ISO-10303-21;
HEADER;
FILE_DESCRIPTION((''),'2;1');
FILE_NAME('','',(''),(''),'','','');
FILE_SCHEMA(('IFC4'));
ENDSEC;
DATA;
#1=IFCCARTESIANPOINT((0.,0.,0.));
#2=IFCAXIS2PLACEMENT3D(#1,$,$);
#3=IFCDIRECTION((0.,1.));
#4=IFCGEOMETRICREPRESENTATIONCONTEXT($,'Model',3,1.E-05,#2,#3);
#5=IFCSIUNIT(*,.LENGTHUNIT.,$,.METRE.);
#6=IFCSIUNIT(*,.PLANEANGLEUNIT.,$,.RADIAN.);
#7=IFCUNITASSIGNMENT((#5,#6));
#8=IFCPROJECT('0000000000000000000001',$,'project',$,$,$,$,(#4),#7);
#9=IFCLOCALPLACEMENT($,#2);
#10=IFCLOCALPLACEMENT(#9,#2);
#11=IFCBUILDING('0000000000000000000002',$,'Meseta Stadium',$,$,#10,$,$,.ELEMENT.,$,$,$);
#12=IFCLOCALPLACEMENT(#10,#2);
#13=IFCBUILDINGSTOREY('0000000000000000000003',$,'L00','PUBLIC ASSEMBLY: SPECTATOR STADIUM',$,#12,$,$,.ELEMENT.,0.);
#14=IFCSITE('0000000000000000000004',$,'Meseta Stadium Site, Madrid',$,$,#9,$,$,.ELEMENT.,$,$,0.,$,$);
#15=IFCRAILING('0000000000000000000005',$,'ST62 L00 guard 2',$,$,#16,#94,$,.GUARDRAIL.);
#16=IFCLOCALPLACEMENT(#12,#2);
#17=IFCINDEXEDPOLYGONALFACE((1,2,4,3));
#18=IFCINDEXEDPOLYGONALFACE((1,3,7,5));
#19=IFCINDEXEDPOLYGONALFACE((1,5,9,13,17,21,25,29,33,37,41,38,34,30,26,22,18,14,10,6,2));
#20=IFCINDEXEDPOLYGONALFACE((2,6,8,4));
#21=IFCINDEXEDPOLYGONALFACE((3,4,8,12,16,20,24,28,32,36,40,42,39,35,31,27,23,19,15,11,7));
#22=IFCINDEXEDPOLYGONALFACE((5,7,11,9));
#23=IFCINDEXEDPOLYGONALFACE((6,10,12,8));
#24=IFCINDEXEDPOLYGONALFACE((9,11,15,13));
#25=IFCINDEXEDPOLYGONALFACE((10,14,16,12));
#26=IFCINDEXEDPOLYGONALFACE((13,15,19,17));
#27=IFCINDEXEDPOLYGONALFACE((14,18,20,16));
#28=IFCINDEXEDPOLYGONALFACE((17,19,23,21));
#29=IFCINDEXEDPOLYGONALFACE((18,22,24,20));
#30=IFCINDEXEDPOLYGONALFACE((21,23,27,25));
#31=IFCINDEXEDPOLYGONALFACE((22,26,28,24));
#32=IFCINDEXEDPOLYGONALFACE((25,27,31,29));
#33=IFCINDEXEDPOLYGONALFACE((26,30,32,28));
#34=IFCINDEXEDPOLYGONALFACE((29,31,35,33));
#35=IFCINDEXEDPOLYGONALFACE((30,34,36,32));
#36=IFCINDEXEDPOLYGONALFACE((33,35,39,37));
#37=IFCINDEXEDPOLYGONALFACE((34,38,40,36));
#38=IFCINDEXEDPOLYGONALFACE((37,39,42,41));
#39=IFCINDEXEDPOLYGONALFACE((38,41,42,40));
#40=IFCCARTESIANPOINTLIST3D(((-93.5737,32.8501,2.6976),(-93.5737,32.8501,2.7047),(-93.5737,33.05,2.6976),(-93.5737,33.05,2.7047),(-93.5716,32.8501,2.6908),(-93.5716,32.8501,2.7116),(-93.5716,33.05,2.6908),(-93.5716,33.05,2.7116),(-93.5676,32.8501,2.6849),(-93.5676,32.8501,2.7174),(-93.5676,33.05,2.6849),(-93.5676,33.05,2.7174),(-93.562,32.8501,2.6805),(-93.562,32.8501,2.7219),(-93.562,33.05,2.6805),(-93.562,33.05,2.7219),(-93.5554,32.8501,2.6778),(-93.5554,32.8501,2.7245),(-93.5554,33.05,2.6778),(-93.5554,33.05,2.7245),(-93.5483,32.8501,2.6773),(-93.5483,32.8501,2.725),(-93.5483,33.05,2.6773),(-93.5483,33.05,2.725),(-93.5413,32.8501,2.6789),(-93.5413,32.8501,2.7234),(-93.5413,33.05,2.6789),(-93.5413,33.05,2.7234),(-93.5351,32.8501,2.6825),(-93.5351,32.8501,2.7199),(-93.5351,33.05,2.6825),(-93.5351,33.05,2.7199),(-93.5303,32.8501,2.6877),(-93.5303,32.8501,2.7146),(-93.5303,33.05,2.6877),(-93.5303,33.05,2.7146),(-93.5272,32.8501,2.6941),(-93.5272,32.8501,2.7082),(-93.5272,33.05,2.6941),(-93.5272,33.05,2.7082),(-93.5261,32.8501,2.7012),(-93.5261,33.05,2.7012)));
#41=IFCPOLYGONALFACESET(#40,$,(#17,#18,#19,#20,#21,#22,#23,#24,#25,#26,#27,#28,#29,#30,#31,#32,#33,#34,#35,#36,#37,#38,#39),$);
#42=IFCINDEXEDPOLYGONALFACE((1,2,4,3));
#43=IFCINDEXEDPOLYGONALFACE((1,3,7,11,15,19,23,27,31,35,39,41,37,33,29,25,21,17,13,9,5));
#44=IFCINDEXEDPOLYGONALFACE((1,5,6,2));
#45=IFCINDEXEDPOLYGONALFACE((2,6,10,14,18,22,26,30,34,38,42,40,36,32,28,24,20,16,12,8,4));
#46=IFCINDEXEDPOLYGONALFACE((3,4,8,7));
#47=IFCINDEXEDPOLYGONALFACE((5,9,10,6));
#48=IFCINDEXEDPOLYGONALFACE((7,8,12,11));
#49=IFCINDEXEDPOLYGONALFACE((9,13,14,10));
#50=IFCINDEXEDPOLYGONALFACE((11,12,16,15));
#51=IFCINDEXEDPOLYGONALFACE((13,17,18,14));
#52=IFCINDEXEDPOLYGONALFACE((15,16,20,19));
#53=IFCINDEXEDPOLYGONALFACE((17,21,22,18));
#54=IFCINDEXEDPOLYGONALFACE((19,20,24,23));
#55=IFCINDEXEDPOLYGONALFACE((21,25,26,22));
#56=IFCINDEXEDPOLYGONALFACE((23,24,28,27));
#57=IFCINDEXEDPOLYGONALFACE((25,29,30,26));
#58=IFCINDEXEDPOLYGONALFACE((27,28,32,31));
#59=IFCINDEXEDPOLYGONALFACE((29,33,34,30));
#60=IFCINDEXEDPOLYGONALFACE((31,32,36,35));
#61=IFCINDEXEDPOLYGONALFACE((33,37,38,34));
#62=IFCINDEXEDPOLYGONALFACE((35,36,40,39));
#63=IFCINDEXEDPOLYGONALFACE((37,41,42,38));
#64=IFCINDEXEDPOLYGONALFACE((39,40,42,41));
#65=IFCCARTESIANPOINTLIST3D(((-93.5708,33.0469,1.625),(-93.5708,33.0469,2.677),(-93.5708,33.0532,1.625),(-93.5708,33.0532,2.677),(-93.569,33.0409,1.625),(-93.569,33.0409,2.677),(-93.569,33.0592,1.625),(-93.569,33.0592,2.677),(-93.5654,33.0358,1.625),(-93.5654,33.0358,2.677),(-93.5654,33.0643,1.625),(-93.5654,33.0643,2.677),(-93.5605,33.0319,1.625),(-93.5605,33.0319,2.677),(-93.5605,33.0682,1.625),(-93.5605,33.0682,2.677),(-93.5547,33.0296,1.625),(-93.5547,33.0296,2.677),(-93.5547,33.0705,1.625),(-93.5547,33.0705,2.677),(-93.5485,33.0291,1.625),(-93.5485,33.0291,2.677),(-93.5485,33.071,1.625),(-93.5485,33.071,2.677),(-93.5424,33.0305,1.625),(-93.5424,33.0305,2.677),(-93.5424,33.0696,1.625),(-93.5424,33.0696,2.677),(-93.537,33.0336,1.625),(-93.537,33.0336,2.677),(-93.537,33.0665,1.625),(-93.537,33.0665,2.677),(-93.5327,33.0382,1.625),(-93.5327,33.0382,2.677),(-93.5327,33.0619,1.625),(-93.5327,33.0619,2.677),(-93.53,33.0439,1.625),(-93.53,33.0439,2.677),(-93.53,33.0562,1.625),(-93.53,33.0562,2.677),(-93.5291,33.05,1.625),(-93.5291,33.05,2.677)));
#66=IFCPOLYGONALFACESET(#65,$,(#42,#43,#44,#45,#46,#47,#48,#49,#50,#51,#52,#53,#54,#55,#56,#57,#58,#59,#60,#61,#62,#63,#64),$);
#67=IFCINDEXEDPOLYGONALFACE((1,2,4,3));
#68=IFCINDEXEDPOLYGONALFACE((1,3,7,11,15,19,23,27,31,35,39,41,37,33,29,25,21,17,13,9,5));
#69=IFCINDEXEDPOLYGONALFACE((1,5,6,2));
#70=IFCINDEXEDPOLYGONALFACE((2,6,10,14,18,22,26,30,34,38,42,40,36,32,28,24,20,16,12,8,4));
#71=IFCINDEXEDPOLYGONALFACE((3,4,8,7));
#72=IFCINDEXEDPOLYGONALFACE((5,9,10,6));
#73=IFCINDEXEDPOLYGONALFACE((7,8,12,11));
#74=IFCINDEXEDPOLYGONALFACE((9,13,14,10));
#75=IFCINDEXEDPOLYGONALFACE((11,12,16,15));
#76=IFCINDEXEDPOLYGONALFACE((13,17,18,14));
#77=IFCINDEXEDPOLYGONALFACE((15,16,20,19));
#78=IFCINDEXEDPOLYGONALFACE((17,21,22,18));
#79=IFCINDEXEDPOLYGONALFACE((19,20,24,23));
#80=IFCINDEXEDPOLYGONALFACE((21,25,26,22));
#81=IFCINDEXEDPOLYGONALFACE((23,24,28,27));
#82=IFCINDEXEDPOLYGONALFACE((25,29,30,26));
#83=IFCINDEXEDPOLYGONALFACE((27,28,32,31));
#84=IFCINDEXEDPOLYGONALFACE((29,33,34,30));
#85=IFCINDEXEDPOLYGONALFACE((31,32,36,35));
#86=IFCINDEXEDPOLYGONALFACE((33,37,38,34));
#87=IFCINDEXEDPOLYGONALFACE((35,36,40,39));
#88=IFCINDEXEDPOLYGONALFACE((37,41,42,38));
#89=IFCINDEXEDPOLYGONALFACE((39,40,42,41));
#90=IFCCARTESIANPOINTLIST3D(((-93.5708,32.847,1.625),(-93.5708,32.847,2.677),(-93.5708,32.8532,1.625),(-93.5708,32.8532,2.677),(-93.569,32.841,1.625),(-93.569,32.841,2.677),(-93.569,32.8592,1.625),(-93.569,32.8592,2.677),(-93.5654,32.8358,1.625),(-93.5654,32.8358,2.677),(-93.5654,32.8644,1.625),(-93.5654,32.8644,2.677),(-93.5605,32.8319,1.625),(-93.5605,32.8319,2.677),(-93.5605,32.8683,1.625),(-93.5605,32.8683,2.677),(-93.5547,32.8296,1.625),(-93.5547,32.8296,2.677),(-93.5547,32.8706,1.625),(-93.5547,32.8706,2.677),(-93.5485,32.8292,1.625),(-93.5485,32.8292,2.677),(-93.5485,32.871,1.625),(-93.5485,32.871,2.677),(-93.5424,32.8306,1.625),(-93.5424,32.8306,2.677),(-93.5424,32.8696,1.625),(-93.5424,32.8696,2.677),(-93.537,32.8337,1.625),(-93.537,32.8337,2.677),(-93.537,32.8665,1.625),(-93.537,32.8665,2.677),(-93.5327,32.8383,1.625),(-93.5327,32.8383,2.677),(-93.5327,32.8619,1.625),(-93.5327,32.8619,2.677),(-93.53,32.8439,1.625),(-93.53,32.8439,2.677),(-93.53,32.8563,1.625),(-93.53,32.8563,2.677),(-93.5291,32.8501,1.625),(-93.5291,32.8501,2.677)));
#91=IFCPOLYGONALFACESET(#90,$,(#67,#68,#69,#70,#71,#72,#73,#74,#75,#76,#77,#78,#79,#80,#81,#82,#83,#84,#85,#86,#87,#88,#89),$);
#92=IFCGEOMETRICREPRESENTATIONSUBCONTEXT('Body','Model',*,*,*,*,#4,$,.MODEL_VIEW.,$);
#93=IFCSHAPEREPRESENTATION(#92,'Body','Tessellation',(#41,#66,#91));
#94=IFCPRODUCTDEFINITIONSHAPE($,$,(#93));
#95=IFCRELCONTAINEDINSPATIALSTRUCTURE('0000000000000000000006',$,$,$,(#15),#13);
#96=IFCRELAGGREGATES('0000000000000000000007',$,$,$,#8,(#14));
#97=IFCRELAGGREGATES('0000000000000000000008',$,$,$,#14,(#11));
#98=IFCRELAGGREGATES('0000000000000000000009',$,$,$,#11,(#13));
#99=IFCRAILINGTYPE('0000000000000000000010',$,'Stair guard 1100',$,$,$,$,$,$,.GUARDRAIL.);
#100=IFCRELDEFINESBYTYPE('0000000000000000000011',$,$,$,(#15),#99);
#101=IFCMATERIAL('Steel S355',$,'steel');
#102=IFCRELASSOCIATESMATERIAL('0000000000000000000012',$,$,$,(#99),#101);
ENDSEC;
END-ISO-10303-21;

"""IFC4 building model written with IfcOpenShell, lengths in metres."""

from ifc_helpers import new_model, si_unit, direction, frame, origin, origin_2d, place, context, subcontext, project, spatial, circle, extrude, material, type_object, element, save


model = new_model("IFC4")

# Units and contexts
model_context = context("Model", 3, precision=1e-05, world=origin(), true_north=direction((0.0, 1.0)))
body_context = subcontext(model_context, "Body", "Model", "MODEL_VIEW")
ifc_project = project(units=[si_unit("LENGTHUNIT", "METRE"), si_unit("PLANEANGLEUNIT", "RADIAN")], contexts=[model_context])

# Site, building, storey
site_placement = place(None, origin())
site = spatial("IfcSite", under=ifc_project, at=site_placement, Name="Meseta Stadium Site, Madrid", CompositionType="ELEMENT", RefElevation=0.0)
building_placement = place(site_placement, origin())
building = spatial("IfcBuilding", under=site, at=building_placement, Name="Meseta Stadium", CompositionType="ELEMENT")
storey_placement = place(building_placement, origin())
storey = spatial("IfcBuildingStorey", under=building, at=storey_placement, Name="L00", Description="PUBLIC ASSEMBLY: SPECTATOR STADIUM", CompositionType="ELEMENT", Elevation=0.0)

# Railing
ifc_material_1 = material(Name="Steel S355", Category="steel")
railing_type_1 = type_object("IfcRailingType", Name="Stair guard 1100", PredefinedType="GUARDRAIL", material=ifc_material_1)
railing_1_placement = place(storey_placement, frame((-93.55, 33.05, 1.625)))
element("IfcRailing", 1, at=railing_1_placement, inside=storey, type_object=railing_type_1, Name="ST62 L00 guard 2", PredefinedType="GUARDRAIL", context=body_context, shape_type="SweptSolid", body=[
    extrude(circle(Radius=0.0239, at=origin_2d()), frame((0.0, 0.0, 1.0762), z_axis=(0.0, -1.0, 0.0), x_axis=(1.0, 0.0, 0.0)), (0.0, 0.0, 1.0), 0.2),
    extrude(circle(Radius=0.021, at=origin_2d()), origin(), (0.0, 0.0, 1.0), 1.052),
    extrude(circle(Radius=0.021, at=origin_2d()), frame((0.0, -0.2, 0.0)), (0.0, 0.0, 1.0), 1.052),
])

save(model, "model.ifc")
